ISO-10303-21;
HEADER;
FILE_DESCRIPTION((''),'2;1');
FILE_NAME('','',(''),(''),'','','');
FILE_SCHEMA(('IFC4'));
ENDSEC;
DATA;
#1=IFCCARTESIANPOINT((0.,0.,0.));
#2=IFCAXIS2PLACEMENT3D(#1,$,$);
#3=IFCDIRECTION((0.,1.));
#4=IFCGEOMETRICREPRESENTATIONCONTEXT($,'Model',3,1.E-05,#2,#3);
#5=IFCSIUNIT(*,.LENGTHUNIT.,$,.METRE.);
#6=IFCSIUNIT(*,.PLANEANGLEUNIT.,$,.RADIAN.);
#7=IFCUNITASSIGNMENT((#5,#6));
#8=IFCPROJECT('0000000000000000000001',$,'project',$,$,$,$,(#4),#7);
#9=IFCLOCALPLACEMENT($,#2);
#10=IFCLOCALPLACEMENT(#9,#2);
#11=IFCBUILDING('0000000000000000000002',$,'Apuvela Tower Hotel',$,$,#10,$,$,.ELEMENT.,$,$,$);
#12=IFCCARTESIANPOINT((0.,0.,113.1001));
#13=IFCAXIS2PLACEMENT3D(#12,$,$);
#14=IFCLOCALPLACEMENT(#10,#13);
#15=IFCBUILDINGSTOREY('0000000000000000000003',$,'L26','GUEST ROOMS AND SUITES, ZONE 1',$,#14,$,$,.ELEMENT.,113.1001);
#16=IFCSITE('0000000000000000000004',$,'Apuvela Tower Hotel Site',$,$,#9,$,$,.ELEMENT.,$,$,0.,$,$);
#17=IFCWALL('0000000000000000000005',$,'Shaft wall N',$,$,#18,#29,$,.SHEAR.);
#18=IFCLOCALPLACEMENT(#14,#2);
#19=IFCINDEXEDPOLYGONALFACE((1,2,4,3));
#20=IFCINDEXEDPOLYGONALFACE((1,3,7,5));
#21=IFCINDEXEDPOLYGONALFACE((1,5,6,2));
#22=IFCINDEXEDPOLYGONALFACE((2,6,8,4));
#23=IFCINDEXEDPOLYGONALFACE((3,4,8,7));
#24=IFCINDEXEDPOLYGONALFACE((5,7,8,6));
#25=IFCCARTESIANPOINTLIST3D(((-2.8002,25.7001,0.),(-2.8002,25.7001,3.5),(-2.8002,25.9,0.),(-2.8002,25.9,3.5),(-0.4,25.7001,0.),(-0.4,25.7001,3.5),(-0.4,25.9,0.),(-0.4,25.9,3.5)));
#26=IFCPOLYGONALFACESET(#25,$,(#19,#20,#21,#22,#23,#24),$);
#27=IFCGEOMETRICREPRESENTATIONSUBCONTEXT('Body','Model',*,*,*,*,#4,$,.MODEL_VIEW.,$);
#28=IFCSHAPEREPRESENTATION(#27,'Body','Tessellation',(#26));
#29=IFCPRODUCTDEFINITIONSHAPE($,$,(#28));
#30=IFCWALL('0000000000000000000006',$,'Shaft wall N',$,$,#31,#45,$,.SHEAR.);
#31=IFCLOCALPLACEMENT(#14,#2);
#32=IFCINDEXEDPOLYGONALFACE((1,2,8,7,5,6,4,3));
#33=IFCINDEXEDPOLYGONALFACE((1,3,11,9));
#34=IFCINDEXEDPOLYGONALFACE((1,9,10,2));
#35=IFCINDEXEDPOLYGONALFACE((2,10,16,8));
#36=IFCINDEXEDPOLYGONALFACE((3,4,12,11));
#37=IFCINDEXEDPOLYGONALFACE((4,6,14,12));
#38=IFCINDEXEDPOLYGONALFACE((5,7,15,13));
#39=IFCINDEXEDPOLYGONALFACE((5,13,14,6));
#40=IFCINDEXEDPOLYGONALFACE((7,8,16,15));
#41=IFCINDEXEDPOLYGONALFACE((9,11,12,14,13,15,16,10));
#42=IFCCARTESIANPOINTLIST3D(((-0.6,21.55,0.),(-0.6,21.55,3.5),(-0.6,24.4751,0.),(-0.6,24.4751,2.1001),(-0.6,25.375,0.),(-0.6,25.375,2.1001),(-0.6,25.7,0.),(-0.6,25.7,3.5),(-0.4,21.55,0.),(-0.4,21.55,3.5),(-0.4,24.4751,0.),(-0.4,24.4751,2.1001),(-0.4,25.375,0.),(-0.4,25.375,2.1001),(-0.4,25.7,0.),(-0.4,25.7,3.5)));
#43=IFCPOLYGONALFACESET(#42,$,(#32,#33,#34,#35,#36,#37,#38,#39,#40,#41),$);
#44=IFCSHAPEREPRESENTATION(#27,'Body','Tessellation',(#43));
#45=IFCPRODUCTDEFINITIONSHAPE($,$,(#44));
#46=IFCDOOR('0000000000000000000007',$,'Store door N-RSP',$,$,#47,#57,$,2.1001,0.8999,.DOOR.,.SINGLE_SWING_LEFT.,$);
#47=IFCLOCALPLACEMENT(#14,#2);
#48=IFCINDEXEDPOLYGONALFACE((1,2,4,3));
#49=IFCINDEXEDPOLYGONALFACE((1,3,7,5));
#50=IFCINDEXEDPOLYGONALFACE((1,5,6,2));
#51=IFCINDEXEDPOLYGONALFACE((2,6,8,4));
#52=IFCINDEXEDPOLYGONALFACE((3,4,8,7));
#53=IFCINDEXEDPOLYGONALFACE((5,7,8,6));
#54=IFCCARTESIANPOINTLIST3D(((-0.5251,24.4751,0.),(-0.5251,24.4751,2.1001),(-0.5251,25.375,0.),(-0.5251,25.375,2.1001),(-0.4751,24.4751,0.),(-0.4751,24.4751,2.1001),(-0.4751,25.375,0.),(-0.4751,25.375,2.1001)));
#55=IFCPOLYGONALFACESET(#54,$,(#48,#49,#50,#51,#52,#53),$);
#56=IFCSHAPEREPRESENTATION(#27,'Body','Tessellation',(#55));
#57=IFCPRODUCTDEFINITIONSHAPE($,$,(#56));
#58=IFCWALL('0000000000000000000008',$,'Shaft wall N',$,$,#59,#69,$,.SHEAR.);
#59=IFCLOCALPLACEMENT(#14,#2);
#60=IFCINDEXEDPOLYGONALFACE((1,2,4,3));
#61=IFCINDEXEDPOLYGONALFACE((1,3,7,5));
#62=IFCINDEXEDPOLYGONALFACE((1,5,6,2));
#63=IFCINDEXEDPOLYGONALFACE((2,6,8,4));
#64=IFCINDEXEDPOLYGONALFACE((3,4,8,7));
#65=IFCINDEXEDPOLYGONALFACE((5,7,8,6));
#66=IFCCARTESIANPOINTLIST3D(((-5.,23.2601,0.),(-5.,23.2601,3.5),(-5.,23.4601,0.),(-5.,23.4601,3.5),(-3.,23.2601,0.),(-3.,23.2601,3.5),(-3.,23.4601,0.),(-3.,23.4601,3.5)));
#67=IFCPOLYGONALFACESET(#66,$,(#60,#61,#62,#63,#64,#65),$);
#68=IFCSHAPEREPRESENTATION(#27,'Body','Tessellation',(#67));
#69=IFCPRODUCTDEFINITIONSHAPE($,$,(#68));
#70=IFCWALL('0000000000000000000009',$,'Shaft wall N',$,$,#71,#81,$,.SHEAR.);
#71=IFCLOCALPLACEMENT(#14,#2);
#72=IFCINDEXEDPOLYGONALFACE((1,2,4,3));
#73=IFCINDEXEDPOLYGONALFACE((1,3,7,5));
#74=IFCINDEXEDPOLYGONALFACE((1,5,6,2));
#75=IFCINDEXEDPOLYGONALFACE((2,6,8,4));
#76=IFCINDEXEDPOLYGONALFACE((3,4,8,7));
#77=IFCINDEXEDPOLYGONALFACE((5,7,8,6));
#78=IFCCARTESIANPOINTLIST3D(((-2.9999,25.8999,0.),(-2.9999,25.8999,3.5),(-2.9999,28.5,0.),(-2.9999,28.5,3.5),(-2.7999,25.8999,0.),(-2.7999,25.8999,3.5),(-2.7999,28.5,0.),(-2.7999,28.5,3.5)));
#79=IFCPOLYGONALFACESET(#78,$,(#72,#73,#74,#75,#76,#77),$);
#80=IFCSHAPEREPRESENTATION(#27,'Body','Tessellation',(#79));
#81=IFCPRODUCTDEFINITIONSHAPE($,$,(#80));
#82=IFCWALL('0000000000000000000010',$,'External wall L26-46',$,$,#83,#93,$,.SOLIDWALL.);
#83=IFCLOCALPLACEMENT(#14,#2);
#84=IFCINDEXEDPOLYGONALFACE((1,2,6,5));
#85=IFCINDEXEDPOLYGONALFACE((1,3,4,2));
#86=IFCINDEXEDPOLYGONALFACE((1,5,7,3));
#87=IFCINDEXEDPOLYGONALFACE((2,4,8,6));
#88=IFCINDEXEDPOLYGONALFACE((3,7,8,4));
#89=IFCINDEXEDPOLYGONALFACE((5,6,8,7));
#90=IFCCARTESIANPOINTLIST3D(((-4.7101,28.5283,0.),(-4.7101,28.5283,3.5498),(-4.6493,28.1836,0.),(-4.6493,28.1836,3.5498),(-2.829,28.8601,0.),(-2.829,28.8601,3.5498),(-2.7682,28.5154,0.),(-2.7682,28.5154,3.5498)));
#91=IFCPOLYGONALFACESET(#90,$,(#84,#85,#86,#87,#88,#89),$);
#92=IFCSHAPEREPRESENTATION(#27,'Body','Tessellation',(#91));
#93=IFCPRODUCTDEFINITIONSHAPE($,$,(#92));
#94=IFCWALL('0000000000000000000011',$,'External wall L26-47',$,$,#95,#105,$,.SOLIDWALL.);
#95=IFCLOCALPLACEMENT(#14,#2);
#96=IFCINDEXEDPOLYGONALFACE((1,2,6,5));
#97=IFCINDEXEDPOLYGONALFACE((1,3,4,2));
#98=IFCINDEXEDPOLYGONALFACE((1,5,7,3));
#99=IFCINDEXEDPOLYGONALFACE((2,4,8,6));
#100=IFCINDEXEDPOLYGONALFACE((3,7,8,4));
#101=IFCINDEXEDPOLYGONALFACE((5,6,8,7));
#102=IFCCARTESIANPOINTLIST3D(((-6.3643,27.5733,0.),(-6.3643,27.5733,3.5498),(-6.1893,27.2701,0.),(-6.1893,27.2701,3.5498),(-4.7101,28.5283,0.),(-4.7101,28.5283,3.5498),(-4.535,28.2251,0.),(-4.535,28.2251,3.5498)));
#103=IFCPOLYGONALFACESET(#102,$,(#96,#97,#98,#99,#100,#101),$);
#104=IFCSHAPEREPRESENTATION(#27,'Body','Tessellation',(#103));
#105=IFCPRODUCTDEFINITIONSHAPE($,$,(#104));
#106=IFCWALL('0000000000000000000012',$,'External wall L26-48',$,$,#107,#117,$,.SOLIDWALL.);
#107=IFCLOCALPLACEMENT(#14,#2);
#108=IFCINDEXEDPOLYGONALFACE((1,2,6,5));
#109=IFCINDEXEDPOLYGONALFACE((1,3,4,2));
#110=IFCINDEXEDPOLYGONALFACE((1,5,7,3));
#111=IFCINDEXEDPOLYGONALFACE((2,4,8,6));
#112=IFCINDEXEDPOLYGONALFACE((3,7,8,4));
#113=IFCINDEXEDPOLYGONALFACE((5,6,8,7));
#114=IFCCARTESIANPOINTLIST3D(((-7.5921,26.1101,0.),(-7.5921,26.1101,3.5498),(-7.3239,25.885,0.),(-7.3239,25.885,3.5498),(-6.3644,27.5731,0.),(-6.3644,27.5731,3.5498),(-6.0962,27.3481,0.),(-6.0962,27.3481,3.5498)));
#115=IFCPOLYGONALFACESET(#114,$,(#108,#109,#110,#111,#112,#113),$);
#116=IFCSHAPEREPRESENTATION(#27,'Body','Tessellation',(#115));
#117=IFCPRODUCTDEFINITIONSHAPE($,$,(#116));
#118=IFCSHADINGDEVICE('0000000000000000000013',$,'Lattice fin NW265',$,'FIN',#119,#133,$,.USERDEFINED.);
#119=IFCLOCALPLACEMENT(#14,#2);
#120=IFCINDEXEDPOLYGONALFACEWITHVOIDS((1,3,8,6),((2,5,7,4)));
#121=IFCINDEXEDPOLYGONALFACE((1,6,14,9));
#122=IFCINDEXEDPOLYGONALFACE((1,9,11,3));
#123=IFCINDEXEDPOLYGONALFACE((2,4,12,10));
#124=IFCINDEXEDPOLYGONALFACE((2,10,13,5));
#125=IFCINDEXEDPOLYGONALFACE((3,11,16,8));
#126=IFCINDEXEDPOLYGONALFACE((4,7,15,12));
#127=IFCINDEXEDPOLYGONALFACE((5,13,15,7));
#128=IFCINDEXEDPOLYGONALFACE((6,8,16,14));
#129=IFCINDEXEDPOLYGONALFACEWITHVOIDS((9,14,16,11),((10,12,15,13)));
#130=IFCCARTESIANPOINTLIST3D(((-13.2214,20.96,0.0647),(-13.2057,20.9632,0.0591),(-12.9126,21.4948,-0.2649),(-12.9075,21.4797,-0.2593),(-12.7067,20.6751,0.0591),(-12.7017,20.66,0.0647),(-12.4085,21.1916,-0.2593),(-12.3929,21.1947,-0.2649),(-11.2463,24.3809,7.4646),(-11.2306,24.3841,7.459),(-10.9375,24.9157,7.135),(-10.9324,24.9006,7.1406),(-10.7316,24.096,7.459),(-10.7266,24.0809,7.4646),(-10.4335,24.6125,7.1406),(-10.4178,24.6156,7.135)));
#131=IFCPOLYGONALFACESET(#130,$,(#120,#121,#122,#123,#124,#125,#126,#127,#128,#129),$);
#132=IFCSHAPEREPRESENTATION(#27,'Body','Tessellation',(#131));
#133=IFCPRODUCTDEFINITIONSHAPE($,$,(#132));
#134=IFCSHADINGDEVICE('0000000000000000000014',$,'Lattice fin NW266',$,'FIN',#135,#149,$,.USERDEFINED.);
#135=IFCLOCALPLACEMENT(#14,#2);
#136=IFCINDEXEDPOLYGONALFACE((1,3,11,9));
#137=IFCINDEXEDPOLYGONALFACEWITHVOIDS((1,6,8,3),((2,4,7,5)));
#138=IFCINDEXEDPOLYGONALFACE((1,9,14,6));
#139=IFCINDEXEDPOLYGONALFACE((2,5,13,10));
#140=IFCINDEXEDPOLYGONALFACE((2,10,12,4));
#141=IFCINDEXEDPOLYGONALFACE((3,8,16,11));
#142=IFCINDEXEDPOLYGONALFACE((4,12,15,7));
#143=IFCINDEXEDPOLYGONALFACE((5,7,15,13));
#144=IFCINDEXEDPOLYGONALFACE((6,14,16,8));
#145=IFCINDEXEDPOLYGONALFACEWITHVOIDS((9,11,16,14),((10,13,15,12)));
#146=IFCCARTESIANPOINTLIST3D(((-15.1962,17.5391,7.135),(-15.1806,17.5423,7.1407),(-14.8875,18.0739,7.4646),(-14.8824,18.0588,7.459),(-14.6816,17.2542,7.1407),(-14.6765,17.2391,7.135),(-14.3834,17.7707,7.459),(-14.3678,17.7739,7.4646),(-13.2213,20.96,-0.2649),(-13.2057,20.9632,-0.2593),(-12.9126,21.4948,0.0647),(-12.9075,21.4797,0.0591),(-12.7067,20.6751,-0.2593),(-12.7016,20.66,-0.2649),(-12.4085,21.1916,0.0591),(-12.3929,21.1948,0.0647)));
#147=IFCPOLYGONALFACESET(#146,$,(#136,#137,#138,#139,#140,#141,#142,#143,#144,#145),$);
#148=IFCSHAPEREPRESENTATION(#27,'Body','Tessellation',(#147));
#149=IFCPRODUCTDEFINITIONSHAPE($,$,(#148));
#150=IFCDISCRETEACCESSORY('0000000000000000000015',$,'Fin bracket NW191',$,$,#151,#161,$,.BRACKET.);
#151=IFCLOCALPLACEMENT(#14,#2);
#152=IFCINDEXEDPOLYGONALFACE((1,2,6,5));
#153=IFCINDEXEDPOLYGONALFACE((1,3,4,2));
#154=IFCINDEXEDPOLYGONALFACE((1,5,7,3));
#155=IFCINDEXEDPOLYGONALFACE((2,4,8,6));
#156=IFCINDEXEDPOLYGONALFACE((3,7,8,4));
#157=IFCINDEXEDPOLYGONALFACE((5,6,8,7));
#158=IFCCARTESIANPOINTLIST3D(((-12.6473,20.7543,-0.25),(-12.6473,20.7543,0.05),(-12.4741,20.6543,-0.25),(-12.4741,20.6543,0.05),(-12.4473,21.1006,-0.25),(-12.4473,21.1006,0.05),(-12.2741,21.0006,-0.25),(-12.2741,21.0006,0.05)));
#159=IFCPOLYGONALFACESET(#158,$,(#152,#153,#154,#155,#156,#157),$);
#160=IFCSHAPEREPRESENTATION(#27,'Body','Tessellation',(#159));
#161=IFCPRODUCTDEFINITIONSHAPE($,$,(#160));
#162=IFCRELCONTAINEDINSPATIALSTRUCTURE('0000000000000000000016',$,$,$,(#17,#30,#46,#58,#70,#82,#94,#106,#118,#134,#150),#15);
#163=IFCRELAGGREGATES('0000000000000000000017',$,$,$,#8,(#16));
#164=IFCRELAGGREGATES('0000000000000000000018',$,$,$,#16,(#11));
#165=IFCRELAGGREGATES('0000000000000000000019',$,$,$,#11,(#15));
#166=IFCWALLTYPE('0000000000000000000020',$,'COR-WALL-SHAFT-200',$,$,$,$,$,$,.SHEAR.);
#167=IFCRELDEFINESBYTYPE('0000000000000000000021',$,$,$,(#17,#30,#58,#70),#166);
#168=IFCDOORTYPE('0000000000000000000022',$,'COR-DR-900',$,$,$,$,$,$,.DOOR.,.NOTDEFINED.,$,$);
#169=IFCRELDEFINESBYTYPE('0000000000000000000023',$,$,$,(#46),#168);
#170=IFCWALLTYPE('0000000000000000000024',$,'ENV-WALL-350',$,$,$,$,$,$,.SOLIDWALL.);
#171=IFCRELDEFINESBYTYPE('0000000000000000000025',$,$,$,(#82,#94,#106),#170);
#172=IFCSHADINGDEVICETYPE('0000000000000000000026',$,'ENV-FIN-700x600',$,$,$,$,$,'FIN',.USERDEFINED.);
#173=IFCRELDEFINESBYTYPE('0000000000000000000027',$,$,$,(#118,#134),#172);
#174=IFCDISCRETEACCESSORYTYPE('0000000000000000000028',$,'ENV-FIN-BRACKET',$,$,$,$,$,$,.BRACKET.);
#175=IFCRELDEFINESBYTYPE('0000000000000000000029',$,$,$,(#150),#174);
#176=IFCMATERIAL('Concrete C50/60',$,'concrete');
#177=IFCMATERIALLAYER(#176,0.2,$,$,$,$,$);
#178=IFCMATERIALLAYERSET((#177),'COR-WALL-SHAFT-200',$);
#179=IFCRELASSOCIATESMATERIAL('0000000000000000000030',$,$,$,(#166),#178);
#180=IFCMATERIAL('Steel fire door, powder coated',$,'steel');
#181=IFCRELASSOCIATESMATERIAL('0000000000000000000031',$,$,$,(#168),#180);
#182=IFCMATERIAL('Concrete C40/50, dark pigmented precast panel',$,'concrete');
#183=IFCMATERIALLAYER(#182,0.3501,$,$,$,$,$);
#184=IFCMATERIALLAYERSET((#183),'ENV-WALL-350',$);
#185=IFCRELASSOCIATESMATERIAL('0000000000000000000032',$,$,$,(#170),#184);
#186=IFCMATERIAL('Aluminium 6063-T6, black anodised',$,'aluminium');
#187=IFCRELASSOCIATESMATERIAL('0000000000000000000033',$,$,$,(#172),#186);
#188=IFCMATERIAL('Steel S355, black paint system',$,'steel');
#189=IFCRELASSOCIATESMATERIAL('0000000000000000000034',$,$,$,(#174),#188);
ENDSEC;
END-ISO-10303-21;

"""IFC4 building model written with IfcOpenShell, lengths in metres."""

from ifc_helpers import new_model, si_unit, direction, frame, frame_2d, origin, origin_2d, place, context, subcontext, project, spatial, rectangle, hollow_rectangle, extrude, material, layer, layer_set, material_profile, profile_set, type_object, element, fill, save


model = new_model("IFC4")

# Units and contexts
model_context = context("Model", 3, precision=1e-05, world=origin(), true_north=direction((0.0, 1.0)))
body_context = subcontext(model_context, "Body", "Model", "MODEL_VIEW")
ifc_project = project(units=[si_unit("LENGTHUNIT", "METRE"), si_unit("PLANEANGLEUNIT", "RADIAN")], contexts=[model_context])

# Site, building, storey
site_placement = place(None, origin())
site = spatial("IfcSite", under=ifc_project, at=site_placement, Name="Apuvela Tower Hotel Site", CompositionType="ELEMENT", RefElevation=0.0)
building_placement = place(site_placement, origin())
building = spatial("IfcBuilding", under=site, at=building_placement, Name="Apuvela Tower Hotel", CompositionType="ELEMENT")
storey_placement = place(building_placement, frame((0.0, 0.0, 113.1001)))
storey = spatial("IfcBuildingStorey", under=building, at=storey_placement, Name="L26", Description="GUEST ROOMS AND SUITES, ZONE 1", CompositionType="ELEMENT", Elevation=113.1001)

# Wall
ifc_material_1 = material(Name="Concrete C50/60", Category="concrete")
ifc_layer_1 = layer(ifc_material_1, 0.2)
ifc_layer_set_1 = layer_set([ifc_layer_1], Name="COR-WALL-SHAFT-200")
wall_type_1 = type_object("IfcWallType", Name="COR-WALL-SHAFT-200", PredefinedType="SHEAR", material=ifc_layer_set_1)
wall_1_placement = place(storey_placement, frame((-0.3999, 25.8, 0.0), z_axis=(0.0, 0.0, 1.0), x_axis=(-1.0, 0.0, 0.0)))
element("IfcWall", 1, at=wall_1_placement, inside=storey, type_object=wall_type_1, Name="Shaft wall N", PredefinedType="SHEAR", context=body_context, shape_type="SweptSolid", body=[
    extrude(rectangle(XDim=2.4001, YDim=0.2, at=frame_2d((1.2002, 0.0))), origin(), (0.0, 0.0, 1.0), 3.5),
])

# Wall, opening, door
wall_2_placement = place(storey_placement, frame((-0.5, 21.55, 0.0), z_axis=(0.0, 0.0, 1.0), x_axis=(0.0, 1.0, 0.0)))
wall_2 = element("IfcWall", 2, at=wall_2_placement, inside=storey, type_object=wall_type_1, Name="Shaft wall N", PredefinedType="SHEAR", context=body_context, shape_type="SweptSolid", body=[
    extrude(rectangle(XDim=4.1499, YDim=0.2, at=frame_2d((2.075, 0.0))), origin(), (0.0, 0.0, 1.0), 3.5),
])
opening_1_placement = place(wall_2_placement, frame((2.925, 0.0, 0.0)))
opening_1 = element("IfcOpeningElement", 3, at=opening_1_placement, cuts=wall_2, PredefinedType="OPENING", context=body_context, shape_type="SweptSolid", body=[
    extrude(rectangle(XDim=0.8999, YDim=2.1001, at=frame_2d((0.45, 1.05))), frame((0.0, 0.1099, 0.0), z_axis=(0.0, -1.0, 0.0), x_axis=(1.0, 0.0, 0.0)), (0.0, 0.0, 1.0), 0.22),
])
ifc_material_2 = material(Name="Steel fire door, powder coated", Category="steel")
door_type_1 = type_object("IfcDoorType", Name="COR-DR-900", OperationType="NOTDEFINED", PredefinedType="DOOR", material=ifc_material_2)
door_1_placement = place(opening_1_placement, frame((0.8999, 0.0, 0.0), z_axis=(0.0, 0.0, 1.0), x_axis=(-1.0, 0.0, 0.0)))
door_1 = element("IfcDoor", 4, at=door_1_placement, inside=storey, type_object=door_type_1, Name="Store door N-RSP", OperationType="SINGLE_SWING_LEFT", OverallHeight=2.1001, OverallWidth=0.8999, PredefinedType="DOOR", context=body_context, shape_type="SweptSolid", body=[
    extrude(rectangle(XDim=0.8999, YDim=2.1001, at=frame_2d((0.45, 1.05))), frame((0.0, 0.0249, 0.0), z_axis=(0.0, -1.0, 0.0), x_axis=(1.0, 0.0, 0.0)), (0.0, 0.0, 1.0), 0.05),
])
fill(opening_1, door_1)

# Walls
wall_3_placement = place(storey_placement, frame((-3.0, 23.3601, 0.0), z_axis=(0.0, 0.0, 1.0), x_axis=(-1.0, 0.0, 0.0)))
element("IfcWall", 5, at=wall_3_placement, inside=storey, type_object=wall_type_1, Name="Shaft wall N", PredefinedType="SHEAR", context=body_context, shape_type="SweptSolid", body=[
    extrude(rectangle(XDim=2.0, YDim=0.2, at=frame_2d((1.0, 0.0))), origin(), (0.0, 0.0, 1.0), 3.5),
])
wall_4_placement = place(storey_placement, frame((-2.8999, 25.8999, 0.0), z_axis=(0.0, 0.0, 1.0), x_axis=(0.0, 1.0, 0.0)))
element("IfcWall", 6, at=wall_4_placement, inside=storey, type_object=wall_type_1, Name="Shaft wall N", PredefinedType="SHEAR", context=body_context, shape_type="SweptSolid", body=[
    extrude(rectangle(XDim=2.6001, YDim=0.2, at=frame_2d((1.3, 0.0))), origin(), (0.0, 0.0, 1.0), 3.5),
])

# Shared definitions
ifc_material_3 = material(Name="Concrete C40/50, dark pigmented precast panel", Category="concrete")
ifc_layer_2 = layer(ifc_material_3, 0.3501)
ifc_layer_set_2 = layer_set([ifc_layer_2], Name="ENV-WALL-350")
wall_type_2 = type_object("IfcWallType", Name="ENV-WALL-350", PredefinedType="SOLIDWALL", material=ifc_layer_set_2)

# Walls
for number, where, z_axis, x_axis, name in (
    (7, (-2.7986, 28.6877, 0.0), (0.0, 0.0, 1.0), (-0.984799, -0.173698, 0.0), "External wall L26-46"),
    (8, (-4.6226, 28.3767, 0.0), (0.0, 0.0, 1.0), (-0.866032, -0.499988, 0.0), "External wall L26-47"),
):
    element("IfcWall", number, at=place(storey_placement, frame(where, z_axis=z_axis, x_axis=x_axis)), inside=storey, type_object=wall_type_2, Name=name, PredefinedType="SOLIDWALL", context=body_context, shape_type="SweptSolid", body=[
        extrude(rectangle(XDim=1.9102, YDim=0.3501, at=frame_2d((0.9551, 0.0))), origin(), (0.0, 0.0, 1.0), 3.5498),
    ])
wall_5_placement = place(storey_placement, frame((-6.2302, 27.4607, 0.0), z_axis=(0.0, 0.0, 1.0), x_axis=(-0.642808, -0.766027, 0.0)))
element("IfcWall", 9, at=wall_5_placement, inside=storey, type_object=wall_type_2, Name="External wall L26-48", PredefinedType="SOLIDWALL", context=body_context, shape_type="SweptSolid", body=[
    extrude(rectangle(XDim=1.9099, YDim=0.3501, at=frame_2d((0.9551, 0.0))), origin(), (0.0, 0.0, 1.0), 3.5498),
])

# Shading devices
ifc_material_4 = material(Name="Aluminium 6063-T6, black anodised", Category="aluminium")
ifc_material_profile_1 = material_profile(ifc_material_4, hollow_rectangle(XDim=0.6001, YDim=0.7, WallThickness=0.012, at=origin_2d()), Name="AL BOX 700x600x12")
ifc_profile_set_1 = profile_set([ifc_material_profile_1], Name="Aluminium 6063-T6, black anodised")
shading_device_type = type_object("IfcShadingDeviceType", Name="ENV-FIN-700x600", ElementType="FIN", PredefinedType="USERDEFINED", material=ifc_profile_set_1)
for number, where, z_axis, x_axis, name in (
    (10, (-12.8071, 21.0774, -0.1001), (0.235461, 0.407822, 0.882179), (-0.866021, 0.500008, 0.0), "Lattice fin NW265"),
    (11, (-12.8071, 21.0774, -0.1001), (-0.235434, -0.407825, 0.882185), (0.866048, -0.499961, 0.0), "Lattice fin NW266"),
):
    element("IfcShadingDevice", number, at=place(storey_placement, frame(where, z_axis=z_axis, x_axis=x_axis)), inside=storey, type_object=shading_device_type, Name=name, ObjectType="FIN", PredefinedType="USERDEFINED", context=body_context, shape_type="SweptSolid", body=[
        extrude(hollow_rectangle(XDim=0.6001, YDim=0.7, WallThickness=0.012, at=origin_2d()), origin(), (0.0, 0.0, 1.0), 8.3882),
    ])

# Discrete accessory
ifc_material_5 = material(Name="Steel S355, black paint system", Category="steel")
discrete_accessory_type = type_object("IfcDiscreteAccessoryType", Name="ENV-FIN-BRACKET", PredefinedType="BRACKET", material=ifc_material_5)
discrete_accessory_placement = place(storey_placement, frame((-12.4607, 20.8774, -0.25), z_axis=(0.0, 0.0, 1.0), x_axis=(-0.5, -0.866025, 0.0)))
element("IfcDiscreteAccessory", 12, at=discrete_accessory_placement, inside=storey, type_object=discrete_accessory_type, Name="Fin bracket NW191", PredefinedType="BRACKET", context=body_context, shape_type="SweptSolid", body=[
    extrude(rectangle(XDim=0.3999, YDim=0.2, at=origin_2d()), origin(), (0.0, 0.0, 1.0), 0.3),
])

save(model, "model.ifc")
